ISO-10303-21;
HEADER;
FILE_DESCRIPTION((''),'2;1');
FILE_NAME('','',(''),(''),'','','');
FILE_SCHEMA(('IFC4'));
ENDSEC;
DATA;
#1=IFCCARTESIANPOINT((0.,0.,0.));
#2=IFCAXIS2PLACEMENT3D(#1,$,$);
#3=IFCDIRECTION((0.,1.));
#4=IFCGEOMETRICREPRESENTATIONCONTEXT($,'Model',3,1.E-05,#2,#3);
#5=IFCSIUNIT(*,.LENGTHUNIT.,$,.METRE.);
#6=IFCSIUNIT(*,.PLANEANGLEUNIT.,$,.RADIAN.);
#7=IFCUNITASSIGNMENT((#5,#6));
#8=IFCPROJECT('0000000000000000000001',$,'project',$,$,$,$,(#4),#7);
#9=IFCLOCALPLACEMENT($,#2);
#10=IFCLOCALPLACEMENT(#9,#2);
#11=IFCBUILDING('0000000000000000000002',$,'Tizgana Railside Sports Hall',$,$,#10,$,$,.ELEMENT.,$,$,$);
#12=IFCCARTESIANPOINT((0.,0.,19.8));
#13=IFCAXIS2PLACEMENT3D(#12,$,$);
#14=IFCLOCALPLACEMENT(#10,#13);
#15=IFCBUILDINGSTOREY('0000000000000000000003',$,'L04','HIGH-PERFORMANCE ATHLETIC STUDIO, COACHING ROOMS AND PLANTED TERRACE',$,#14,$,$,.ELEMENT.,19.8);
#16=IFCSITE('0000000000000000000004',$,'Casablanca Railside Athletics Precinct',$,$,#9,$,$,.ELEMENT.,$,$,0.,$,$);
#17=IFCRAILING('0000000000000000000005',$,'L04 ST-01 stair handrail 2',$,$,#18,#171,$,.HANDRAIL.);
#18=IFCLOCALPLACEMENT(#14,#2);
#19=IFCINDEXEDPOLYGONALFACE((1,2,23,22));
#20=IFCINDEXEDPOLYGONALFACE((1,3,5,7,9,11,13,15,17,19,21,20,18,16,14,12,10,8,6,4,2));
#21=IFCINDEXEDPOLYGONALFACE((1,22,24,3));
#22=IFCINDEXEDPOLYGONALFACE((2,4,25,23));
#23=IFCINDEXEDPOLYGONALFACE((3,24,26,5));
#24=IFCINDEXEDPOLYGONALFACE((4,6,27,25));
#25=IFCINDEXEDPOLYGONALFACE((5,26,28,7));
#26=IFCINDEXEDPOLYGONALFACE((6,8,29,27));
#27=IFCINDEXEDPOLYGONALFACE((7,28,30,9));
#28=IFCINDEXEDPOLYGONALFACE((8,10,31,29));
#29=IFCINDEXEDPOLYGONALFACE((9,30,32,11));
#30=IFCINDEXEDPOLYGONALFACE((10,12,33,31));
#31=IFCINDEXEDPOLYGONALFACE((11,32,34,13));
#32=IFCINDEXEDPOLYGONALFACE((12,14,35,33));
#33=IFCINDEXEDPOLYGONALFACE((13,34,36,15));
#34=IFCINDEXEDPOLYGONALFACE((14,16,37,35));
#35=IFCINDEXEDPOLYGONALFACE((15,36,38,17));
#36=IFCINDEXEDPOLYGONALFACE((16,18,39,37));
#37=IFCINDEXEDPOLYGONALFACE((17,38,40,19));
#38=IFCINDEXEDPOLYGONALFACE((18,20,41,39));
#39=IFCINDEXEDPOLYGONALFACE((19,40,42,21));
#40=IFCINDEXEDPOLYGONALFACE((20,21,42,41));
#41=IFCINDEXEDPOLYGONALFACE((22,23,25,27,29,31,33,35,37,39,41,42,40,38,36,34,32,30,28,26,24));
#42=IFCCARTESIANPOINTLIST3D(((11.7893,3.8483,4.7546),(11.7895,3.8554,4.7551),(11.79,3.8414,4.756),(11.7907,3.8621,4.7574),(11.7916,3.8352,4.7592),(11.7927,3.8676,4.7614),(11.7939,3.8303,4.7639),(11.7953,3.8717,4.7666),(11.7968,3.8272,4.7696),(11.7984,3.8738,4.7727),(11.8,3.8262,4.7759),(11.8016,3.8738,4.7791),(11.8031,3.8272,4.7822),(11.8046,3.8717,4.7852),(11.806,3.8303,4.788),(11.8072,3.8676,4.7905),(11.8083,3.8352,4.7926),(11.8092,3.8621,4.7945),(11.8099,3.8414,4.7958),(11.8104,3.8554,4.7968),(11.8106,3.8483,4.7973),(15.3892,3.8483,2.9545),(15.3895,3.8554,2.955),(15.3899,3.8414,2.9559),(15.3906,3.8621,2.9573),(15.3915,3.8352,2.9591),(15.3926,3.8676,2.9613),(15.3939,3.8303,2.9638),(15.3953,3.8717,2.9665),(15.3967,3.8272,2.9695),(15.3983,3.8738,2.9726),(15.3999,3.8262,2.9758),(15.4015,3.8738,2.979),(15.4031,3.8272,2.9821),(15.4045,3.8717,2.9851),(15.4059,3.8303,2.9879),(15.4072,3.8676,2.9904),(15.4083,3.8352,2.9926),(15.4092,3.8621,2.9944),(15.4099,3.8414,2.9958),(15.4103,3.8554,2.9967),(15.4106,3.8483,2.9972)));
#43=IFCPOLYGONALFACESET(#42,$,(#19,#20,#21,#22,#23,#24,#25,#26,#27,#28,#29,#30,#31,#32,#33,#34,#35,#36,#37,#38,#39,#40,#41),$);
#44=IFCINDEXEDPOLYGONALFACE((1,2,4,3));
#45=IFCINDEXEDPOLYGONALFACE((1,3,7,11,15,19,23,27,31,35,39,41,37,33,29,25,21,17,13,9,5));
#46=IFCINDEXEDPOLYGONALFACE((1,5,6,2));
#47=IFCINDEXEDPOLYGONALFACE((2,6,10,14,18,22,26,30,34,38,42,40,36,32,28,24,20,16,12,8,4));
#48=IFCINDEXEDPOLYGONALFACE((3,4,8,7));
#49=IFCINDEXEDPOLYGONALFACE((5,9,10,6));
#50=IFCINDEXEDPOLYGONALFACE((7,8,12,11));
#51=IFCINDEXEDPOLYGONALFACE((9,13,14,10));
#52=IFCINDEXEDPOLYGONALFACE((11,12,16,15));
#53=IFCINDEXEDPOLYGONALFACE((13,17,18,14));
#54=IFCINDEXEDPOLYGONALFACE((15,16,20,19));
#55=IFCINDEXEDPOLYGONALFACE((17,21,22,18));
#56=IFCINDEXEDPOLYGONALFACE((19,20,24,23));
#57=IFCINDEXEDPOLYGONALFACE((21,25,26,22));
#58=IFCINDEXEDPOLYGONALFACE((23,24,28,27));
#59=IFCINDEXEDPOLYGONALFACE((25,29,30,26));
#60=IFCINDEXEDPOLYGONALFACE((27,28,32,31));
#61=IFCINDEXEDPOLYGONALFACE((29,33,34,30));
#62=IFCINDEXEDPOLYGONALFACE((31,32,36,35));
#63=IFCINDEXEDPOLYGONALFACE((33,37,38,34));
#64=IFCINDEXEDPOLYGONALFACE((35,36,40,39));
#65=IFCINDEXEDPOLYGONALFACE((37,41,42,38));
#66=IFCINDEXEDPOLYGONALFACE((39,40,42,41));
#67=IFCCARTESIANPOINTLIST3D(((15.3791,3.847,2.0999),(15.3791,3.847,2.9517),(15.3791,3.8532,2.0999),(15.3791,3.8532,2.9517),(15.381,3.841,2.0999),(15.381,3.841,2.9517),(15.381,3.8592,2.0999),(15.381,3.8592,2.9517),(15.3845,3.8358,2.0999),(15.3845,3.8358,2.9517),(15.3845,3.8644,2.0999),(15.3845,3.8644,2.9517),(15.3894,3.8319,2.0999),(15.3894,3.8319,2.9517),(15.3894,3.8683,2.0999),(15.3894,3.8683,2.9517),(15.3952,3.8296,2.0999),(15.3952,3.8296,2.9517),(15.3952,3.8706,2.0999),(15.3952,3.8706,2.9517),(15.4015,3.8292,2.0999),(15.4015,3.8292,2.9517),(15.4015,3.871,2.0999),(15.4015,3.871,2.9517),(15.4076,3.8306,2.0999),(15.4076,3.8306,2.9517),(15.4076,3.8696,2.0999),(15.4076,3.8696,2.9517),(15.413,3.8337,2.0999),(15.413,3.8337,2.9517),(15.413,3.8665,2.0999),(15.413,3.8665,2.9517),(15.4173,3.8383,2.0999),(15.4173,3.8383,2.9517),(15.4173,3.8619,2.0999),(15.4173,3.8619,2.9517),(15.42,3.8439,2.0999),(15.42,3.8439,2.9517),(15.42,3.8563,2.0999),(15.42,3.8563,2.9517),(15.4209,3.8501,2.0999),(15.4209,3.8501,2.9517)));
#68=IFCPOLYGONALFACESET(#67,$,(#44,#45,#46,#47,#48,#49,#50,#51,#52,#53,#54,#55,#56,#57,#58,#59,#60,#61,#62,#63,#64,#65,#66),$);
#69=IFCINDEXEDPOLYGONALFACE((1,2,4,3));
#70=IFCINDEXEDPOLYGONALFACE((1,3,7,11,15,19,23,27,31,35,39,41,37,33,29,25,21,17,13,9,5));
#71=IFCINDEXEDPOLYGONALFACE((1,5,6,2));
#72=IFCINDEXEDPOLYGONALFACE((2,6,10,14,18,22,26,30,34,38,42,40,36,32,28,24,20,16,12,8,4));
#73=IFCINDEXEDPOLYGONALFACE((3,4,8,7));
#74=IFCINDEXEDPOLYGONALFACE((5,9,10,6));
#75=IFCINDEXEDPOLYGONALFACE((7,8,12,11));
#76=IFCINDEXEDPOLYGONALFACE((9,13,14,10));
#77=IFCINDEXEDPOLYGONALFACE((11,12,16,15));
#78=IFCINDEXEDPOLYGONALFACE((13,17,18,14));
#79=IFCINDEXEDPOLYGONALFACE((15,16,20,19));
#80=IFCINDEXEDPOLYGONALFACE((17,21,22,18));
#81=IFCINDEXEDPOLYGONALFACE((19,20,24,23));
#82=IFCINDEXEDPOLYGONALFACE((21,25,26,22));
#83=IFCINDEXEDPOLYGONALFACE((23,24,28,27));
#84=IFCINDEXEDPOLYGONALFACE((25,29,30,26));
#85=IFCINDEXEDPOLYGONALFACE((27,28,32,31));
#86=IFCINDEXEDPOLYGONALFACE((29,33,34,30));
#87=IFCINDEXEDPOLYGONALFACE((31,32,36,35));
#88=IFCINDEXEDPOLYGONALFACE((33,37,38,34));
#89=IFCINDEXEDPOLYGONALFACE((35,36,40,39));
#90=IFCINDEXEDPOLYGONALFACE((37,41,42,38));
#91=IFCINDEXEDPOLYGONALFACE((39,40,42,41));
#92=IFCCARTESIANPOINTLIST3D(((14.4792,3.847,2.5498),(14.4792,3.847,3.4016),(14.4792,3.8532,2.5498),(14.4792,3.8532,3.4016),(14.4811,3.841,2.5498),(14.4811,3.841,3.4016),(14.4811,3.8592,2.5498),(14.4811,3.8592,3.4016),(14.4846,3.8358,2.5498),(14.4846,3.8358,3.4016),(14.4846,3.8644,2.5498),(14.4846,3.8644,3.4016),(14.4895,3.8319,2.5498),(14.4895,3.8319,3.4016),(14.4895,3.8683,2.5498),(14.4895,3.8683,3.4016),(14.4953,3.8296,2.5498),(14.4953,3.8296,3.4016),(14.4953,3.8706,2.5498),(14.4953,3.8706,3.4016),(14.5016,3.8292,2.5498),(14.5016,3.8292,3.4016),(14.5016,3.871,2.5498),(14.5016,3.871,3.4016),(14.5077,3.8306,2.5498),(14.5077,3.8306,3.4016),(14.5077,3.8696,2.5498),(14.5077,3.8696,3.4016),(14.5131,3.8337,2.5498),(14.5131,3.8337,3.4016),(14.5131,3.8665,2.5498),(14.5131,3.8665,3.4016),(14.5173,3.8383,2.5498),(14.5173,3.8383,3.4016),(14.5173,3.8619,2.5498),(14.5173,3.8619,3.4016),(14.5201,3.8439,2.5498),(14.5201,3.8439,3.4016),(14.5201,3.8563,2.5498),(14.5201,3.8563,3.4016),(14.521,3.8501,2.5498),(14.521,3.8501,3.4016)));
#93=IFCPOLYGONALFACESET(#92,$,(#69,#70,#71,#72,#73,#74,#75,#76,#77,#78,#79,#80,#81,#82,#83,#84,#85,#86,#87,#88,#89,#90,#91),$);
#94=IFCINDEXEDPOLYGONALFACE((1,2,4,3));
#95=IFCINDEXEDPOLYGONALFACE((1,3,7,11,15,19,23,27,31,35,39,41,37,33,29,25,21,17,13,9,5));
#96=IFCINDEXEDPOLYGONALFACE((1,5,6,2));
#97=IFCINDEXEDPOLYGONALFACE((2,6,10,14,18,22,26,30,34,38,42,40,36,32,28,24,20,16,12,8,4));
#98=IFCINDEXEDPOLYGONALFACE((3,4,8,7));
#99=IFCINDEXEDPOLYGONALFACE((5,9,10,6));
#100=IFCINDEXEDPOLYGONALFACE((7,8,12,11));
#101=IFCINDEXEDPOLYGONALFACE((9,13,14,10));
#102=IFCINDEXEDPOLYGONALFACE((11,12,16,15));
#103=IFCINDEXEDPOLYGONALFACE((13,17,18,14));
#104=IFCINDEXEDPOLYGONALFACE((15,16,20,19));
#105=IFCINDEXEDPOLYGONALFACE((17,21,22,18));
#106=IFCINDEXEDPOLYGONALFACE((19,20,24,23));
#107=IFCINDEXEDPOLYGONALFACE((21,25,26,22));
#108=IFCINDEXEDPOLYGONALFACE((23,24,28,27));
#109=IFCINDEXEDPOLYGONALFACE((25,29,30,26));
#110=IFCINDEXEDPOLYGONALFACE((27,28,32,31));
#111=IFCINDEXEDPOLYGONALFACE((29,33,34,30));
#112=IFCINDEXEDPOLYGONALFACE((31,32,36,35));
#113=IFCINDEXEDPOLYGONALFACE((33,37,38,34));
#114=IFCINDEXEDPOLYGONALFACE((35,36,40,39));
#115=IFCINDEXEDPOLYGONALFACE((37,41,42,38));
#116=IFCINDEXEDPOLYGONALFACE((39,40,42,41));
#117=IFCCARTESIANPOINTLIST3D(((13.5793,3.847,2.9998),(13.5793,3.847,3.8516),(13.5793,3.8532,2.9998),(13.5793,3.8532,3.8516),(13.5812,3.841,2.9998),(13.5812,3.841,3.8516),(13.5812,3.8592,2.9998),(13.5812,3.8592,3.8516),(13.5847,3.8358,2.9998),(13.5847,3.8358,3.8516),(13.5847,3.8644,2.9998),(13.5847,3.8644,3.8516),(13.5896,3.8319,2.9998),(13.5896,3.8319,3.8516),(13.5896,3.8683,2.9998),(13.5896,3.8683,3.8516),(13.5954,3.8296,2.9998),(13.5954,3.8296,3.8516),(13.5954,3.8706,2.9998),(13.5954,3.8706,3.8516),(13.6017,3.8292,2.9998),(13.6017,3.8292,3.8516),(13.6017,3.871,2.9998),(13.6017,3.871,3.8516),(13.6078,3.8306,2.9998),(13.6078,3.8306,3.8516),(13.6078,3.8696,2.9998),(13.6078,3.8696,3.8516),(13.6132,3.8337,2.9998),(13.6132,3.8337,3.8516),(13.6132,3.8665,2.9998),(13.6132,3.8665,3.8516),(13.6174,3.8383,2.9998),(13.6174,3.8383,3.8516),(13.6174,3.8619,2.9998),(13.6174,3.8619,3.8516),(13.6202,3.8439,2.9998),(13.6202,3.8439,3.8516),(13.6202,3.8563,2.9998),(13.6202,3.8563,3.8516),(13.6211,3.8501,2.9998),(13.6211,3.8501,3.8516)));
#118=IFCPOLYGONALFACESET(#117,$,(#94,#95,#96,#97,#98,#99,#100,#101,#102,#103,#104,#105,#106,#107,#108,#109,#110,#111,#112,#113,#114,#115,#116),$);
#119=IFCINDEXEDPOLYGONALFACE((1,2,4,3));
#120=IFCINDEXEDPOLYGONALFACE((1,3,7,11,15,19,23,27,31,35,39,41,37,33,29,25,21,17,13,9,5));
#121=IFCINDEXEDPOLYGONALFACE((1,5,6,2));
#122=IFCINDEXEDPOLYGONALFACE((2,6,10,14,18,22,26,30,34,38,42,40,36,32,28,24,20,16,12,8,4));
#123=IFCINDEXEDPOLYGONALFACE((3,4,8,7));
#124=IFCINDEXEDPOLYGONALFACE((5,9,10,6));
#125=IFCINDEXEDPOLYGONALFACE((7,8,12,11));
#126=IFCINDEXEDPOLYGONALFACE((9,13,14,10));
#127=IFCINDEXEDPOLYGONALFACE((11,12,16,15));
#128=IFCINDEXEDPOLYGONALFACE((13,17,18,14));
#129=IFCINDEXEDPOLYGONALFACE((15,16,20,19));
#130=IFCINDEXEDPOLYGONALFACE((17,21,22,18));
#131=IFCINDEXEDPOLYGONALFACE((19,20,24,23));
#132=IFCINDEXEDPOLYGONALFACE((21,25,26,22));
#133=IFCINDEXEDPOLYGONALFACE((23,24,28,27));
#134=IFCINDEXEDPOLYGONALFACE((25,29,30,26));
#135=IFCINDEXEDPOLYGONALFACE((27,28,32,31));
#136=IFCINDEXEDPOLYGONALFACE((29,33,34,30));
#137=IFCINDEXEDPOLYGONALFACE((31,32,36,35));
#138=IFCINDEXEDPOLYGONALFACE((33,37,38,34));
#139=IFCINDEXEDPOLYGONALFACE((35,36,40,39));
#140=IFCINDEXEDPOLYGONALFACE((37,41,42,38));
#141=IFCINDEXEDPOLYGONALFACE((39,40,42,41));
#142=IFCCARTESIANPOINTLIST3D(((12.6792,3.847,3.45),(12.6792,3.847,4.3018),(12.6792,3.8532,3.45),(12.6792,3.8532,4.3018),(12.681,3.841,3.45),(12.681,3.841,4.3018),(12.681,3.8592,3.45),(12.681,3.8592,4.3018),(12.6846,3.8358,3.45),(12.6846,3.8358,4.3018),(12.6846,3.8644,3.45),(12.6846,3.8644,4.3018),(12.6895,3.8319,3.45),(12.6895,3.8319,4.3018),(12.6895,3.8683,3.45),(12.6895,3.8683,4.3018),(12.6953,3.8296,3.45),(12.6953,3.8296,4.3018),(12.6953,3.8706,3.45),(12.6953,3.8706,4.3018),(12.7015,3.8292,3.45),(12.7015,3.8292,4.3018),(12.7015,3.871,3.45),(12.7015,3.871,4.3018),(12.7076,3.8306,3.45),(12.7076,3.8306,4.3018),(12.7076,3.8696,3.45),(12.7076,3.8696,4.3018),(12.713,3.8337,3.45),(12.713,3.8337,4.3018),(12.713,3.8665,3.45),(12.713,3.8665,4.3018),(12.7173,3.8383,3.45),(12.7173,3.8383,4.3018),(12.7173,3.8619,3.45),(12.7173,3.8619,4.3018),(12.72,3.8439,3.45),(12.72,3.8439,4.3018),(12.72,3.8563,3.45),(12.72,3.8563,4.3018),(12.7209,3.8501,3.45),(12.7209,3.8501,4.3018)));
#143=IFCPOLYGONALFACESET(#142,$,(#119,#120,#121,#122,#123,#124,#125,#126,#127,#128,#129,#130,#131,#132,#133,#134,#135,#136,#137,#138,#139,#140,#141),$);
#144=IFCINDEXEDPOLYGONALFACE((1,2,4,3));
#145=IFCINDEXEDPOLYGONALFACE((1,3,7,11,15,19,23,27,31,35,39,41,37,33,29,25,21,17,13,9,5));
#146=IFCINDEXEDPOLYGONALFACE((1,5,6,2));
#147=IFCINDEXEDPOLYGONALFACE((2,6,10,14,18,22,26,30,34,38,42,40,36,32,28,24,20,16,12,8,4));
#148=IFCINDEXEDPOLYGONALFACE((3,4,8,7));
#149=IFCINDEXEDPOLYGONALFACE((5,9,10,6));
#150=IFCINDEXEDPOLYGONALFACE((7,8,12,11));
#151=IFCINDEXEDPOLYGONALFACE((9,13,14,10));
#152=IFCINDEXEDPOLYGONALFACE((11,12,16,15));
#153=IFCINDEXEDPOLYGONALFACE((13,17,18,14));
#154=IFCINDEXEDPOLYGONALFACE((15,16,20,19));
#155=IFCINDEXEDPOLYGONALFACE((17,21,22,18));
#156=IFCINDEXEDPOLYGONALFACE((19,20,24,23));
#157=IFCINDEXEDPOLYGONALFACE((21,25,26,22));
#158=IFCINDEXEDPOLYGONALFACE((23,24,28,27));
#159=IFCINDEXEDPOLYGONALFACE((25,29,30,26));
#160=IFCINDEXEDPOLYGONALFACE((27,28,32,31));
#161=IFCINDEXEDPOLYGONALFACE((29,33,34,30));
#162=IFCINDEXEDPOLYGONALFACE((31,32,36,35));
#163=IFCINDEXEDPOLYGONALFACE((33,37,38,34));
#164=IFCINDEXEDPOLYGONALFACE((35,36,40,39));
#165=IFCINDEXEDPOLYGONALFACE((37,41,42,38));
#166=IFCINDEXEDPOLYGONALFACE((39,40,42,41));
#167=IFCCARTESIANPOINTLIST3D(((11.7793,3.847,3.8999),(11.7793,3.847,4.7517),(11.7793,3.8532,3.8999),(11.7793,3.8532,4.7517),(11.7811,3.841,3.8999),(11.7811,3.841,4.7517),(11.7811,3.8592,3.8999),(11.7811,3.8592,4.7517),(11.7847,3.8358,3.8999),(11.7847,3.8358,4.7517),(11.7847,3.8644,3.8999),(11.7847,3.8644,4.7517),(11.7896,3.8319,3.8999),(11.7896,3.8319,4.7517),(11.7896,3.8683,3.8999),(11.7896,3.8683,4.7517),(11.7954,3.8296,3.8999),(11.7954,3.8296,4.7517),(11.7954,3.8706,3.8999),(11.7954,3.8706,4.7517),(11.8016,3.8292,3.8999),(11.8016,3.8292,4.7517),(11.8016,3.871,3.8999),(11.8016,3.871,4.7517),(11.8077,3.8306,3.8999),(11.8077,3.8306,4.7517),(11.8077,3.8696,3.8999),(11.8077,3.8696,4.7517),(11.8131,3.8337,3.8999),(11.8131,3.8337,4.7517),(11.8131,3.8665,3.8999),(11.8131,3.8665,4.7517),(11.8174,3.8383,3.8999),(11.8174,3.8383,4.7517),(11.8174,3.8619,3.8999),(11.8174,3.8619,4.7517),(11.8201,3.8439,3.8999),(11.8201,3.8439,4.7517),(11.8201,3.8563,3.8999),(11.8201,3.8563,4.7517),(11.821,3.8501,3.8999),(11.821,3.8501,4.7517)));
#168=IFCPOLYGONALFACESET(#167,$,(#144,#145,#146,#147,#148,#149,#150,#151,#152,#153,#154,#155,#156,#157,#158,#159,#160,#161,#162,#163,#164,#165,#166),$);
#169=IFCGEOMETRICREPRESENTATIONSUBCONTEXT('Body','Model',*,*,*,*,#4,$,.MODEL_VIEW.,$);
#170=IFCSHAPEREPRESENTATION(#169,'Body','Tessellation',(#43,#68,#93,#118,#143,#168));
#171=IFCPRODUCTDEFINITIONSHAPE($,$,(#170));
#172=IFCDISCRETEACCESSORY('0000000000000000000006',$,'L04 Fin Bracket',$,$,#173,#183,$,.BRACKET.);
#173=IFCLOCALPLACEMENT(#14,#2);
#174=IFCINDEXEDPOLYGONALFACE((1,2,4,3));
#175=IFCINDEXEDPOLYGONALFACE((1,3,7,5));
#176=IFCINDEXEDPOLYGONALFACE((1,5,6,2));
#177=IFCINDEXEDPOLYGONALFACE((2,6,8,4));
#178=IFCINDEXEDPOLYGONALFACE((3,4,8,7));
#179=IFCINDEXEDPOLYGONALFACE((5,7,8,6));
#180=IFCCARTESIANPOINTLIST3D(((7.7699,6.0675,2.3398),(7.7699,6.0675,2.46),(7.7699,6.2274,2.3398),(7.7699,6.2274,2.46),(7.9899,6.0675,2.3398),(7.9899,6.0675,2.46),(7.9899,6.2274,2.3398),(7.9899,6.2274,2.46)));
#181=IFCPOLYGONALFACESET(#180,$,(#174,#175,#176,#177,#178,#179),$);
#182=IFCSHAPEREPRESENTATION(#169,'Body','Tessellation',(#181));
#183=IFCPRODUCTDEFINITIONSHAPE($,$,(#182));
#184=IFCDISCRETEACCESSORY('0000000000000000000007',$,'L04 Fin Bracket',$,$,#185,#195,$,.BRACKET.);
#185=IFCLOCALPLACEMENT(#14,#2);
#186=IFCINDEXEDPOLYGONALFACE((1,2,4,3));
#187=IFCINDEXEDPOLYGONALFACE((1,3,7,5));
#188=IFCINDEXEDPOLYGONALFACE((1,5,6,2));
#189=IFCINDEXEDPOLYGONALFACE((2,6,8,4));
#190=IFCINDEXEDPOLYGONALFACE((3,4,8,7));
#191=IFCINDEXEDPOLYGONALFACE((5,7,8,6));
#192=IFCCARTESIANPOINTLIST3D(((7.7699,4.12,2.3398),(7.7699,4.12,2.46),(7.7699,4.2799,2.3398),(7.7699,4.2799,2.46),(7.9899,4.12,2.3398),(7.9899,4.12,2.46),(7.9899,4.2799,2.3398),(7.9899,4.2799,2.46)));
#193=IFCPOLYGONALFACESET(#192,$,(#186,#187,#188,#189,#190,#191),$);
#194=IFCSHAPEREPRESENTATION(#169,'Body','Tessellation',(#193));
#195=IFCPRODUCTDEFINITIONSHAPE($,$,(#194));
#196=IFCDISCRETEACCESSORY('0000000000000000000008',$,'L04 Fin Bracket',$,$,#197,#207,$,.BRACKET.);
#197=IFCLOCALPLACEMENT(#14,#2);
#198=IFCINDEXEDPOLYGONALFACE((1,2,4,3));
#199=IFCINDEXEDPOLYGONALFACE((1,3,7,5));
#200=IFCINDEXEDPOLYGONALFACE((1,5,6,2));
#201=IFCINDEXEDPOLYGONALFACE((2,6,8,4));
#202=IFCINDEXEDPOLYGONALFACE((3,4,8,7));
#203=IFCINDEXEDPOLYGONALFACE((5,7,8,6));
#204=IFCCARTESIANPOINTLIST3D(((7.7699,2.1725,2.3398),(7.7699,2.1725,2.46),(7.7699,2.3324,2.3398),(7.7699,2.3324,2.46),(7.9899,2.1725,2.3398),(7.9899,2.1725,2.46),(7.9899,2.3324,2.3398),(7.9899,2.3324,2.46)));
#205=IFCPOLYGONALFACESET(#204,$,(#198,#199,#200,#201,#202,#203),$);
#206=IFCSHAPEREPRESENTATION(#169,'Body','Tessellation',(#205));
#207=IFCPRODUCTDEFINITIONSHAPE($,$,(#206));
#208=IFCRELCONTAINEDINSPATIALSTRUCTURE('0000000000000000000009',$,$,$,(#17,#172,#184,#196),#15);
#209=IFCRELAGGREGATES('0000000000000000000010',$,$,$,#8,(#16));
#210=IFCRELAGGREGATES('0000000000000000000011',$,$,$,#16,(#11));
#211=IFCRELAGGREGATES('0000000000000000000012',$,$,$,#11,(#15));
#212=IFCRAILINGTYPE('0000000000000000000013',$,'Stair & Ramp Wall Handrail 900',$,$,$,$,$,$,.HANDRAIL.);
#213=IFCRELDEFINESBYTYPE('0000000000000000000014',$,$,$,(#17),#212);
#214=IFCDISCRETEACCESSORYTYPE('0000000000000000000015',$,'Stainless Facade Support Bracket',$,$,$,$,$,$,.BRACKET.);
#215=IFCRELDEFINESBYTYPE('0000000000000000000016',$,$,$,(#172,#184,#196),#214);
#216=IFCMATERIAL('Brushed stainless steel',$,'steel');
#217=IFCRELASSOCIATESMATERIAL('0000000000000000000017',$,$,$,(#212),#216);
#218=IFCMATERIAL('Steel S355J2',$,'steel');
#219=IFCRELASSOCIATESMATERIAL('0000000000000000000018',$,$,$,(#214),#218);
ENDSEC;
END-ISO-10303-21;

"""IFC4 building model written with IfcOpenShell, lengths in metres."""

from ifc_helpers import new_model, si_unit, direction, frame, origin, origin_2d, place, context, subcontext, project, spatial, rectangle, circle, extrude, material, type_object, element, save


model = new_model("IFC4")

# Units and contexts
model_context = context("Model", 3, precision=1e-05, world=origin(), true_north=direction((0.0, 1.0)))
body_context = subcontext(model_context, "Body", "Model", "MODEL_VIEW")
ifc_project = project(units=[si_unit("LENGTHUNIT", "METRE"), si_unit("PLANEANGLEUNIT", "RADIAN")], contexts=[model_context])

# Site, building, storey
site_placement = place(None, origin())
site = spatial("IfcSite", under=ifc_project, at=site_placement, Name="Casablanca Railside Athletics Precinct", CompositionType="ELEMENT", RefElevation=0.0)
building_placement = place(site_placement, origin())
building = spatial("IfcBuilding", under=site, at=building_placement, Name="Tizgana Railside Sports Hall", CompositionType="ELEMENT")
storey_placement = place(building_placement, frame((0.0, 0.0, 19.8)))
storey = spatial("IfcBuildingStorey", under=building, at=storey_placement, Name="L04", Description="HIGH-PERFORMANCE ATHLETIC STUDIO, COACHING ROOMS AND PLANTED TERRACE", CompositionType="ELEMENT", Elevation=19.8)

# Shared definitions
ifc_material_1 = material(Name="Steel S355J2", Category="steel")

# Shared definitions
ifc_material_2 = material(Name="Brushed stainless steel", Category="steel")

# Railing
railing_type_1 = type_object("IfcRailingType", Name="Stair & Ramp Wall Handrail 900", PredefinedType="HANDRAIL", material=ifc_material_2)
railing_1_placement = place(storey_placement, frame((15.3999, 3.8501, 2.0999)))
element("IfcRailing", 1, at=railing_1_placement, inside=storey, type_object=railing_type_1, Name="L04 ST-01 stair handrail 2", PredefinedType="HANDRAIL", context=body_context, shape_type="SweptSolid", body=[
    extrude(circle(Radius=0.0239, at=origin_2d()), frame((0.0, 0.0, 0.876), z_axis=(-0.894415, 0.0, 0.447238), x_axis=(0.0, -1.0, 0.0)), (0.0, 0.0, 1.0), 4.0249),
    extrude(circle(Radius=0.021, at=origin_2d()), origin(), (0.0, 0.0, 1.0), 0.8518),
    extrude(circle(Radius=0.021, at=origin_2d()), frame((-0.8999, 0.0, 0.45)), (0.0, 0.0, 1.0), 0.8518),
    extrude(circle(Radius=0.021, at=origin_2d()), frame((-1.7998, 0.0, 0.8999)), (0.0, 0.0, 1.0), 0.8518),
    extrude(circle(Radius=0.021, at=origin_2d()), frame((-2.7, 0.0, 1.3501)), (0.0, 0.0, 1.0), 0.8518),
    extrude(circle(Radius=0.021, at=origin_2d()), frame((-3.5999, 0.0, 1.8)), (0.0, 0.0, 1.0), 0.8518),
])

# Discrete accessories
discrete_accessory_type = type_object("IfcDiscreteAccessoryType", Name="Stainless Facade Support Bracket", PredefinedType="BRACKET", material=ifc_material_1)
for number, where, z_axis, x_axis, name in (
    (2, (7.8799, 6.1475, 2.3398), (0.0, 0.0, 1.0), (0.0, -1.0, 0.0), "L04 Fin Bracket"),
    (3, (7.8799, 4.2, 2.3398), (0.0, 0.0, 1.0), (0.0, -1.0, 0.0), "L04 Fin Bracket"),
    (4, (7.8799, 2.2524, 2.3398), (0.0, 0.0, 1.0), (0.0, -1.0, 0.0), "L04 Fin Bracket"),
):
    element("IfcDiscreteAccessory", number, at=place(storey_placement, frame(where, z_axis=z_axis, x_axis=x_axis)), inside=storey, type_object=discrete_accessory_type, Name=name, PredefinedType="BRACKET", context=body_context, shape_type="SweptSolid", body=[
        extrude(rectangle(XDim=0.1599, YDim=0.22, at=origin_2d()), origin(), (0.0, 0.0, 1.0), 0.1201),
    ])

save(model, "model.ifc")
